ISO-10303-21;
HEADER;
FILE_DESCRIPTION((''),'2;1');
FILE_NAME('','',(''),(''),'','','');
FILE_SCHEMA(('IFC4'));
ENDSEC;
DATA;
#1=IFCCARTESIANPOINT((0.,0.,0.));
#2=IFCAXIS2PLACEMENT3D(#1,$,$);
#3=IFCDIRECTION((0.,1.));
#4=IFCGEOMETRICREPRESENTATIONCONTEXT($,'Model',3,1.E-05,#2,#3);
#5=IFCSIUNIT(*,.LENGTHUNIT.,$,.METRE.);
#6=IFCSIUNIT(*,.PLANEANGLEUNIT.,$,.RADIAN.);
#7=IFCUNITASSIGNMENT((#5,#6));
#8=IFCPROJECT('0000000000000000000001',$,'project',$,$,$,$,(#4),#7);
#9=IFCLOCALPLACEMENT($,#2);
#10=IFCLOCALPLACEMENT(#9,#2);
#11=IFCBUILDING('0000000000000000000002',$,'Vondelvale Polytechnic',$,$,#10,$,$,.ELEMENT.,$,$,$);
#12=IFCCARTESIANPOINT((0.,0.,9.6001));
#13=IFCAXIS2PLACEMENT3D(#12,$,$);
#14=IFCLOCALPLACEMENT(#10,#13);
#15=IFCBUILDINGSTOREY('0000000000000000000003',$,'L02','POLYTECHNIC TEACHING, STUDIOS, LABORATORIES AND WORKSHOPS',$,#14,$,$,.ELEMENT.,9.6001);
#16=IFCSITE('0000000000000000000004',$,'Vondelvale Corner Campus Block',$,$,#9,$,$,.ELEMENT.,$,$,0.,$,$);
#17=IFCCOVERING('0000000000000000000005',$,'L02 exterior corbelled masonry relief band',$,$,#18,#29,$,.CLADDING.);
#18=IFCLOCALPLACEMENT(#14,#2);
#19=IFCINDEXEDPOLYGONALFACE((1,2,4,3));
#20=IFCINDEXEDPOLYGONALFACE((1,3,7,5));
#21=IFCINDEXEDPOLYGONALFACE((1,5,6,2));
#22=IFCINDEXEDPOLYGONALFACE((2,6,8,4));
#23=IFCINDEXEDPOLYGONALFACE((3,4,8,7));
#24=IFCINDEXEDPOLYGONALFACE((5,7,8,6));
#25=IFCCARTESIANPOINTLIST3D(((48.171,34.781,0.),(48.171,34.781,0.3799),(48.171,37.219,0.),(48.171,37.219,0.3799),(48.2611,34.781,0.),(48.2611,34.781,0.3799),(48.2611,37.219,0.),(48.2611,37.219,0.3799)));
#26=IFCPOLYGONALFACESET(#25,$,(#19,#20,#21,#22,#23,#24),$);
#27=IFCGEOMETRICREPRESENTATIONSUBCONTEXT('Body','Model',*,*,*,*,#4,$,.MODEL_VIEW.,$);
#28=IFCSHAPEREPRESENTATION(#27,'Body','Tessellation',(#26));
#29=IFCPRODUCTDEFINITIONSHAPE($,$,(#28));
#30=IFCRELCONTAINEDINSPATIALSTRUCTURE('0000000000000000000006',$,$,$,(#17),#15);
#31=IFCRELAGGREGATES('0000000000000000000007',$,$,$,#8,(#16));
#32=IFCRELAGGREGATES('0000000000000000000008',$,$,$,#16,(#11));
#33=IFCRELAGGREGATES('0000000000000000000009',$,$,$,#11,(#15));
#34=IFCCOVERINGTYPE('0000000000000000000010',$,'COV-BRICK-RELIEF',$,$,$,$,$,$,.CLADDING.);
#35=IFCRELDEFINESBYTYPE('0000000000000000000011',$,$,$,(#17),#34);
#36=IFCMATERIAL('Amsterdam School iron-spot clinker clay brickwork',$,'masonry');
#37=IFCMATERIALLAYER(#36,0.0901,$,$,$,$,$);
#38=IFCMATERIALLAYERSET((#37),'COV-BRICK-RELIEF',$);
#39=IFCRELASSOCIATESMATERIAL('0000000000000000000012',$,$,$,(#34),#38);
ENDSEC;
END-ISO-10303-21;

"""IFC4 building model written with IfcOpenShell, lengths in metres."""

from ifc_helpers import new_model, si_unit, direction, frame, origin, origin_2d, place, context, subcontext, project, spatial, rectangle, extrude, material, layer, layer_set, type_object, element, save


model = new_model("IFC4")

# Units and contexts
model_context = context("Model", 3, precision=1e-05, world=origin(), true_north=direction((0.0, 1.0)))
body_context = subcontext(model_context, "Body", "Model", "MODEL_VIEW")
ifc_project = project(units=[si_unit("LENGTHUNIT", "METRE"), si_unit("PLANEANGLEUNIT", "RADIAN")], contexts=[model_context])

# Site, building, storey
site_placement = place(None, origin())
site = spatial("IfcSite", under=ifc_project, at=site_placement, Name="Vondelvale Corner Campus Block", CompositionType="ELEMENT", RefElevation=0.0)
building_placement = place(site_placement, origin())
building = spatial("IfcBuilding", under=site, at=building_placement, Name="Vondelvale Polytechnic", CompositionType="ELEMENT")
storey_placement = place(building_placement, frame((0.0, 0.0, 9.6001)))
storey = spatial("IfcBuildingStorey", under=building, at=storey_placement, Name="L02", Description="POLYTECHNIC TEACHING, STUDIOS, LABORATORIES AND WORKSHOPS", CompositionType="ELEMENT", Elevation=9.6001)

# Shared definitions
ifc_material_1 = material(Name="Amsterdam School iron-spot clinker clay brickwork", Category="masonry")

# Covering
ifc_layer_1 = layer(ifc_material_1, 0.0901)
ifc_layer_set_1 = layer_set([ifc_layer_1], Name="COV-BRICK-RELIEF")
covering_type = type_object("IfcCoveringType", Name="COV-BRICK-RELIEF", PredefinedType="CLADDING", material=ifc_layer_set_1)
covering_placement = place(storey_placement, frame((48.2161, 36.0, 0.0), z_axis=(0.0, 0.0, 1.0), x_axis=(0.0, -1.0, 0.0)))
element("IfcCovering", 1, at=covering_placement, inside=storey, type_object=covering_type, Name="L02 exterior corbelled masonry relief band", PredefinedType="CLADDING", context=body_context, shape_type="SweptSolid", body=[
    extrude(rectangle(XDim=2.438, YDim=0.0901, at=origin_2d()), origin(), (0.0, 0.0, 1.0), 0.3799),
])

save(model, "model.ifc")
